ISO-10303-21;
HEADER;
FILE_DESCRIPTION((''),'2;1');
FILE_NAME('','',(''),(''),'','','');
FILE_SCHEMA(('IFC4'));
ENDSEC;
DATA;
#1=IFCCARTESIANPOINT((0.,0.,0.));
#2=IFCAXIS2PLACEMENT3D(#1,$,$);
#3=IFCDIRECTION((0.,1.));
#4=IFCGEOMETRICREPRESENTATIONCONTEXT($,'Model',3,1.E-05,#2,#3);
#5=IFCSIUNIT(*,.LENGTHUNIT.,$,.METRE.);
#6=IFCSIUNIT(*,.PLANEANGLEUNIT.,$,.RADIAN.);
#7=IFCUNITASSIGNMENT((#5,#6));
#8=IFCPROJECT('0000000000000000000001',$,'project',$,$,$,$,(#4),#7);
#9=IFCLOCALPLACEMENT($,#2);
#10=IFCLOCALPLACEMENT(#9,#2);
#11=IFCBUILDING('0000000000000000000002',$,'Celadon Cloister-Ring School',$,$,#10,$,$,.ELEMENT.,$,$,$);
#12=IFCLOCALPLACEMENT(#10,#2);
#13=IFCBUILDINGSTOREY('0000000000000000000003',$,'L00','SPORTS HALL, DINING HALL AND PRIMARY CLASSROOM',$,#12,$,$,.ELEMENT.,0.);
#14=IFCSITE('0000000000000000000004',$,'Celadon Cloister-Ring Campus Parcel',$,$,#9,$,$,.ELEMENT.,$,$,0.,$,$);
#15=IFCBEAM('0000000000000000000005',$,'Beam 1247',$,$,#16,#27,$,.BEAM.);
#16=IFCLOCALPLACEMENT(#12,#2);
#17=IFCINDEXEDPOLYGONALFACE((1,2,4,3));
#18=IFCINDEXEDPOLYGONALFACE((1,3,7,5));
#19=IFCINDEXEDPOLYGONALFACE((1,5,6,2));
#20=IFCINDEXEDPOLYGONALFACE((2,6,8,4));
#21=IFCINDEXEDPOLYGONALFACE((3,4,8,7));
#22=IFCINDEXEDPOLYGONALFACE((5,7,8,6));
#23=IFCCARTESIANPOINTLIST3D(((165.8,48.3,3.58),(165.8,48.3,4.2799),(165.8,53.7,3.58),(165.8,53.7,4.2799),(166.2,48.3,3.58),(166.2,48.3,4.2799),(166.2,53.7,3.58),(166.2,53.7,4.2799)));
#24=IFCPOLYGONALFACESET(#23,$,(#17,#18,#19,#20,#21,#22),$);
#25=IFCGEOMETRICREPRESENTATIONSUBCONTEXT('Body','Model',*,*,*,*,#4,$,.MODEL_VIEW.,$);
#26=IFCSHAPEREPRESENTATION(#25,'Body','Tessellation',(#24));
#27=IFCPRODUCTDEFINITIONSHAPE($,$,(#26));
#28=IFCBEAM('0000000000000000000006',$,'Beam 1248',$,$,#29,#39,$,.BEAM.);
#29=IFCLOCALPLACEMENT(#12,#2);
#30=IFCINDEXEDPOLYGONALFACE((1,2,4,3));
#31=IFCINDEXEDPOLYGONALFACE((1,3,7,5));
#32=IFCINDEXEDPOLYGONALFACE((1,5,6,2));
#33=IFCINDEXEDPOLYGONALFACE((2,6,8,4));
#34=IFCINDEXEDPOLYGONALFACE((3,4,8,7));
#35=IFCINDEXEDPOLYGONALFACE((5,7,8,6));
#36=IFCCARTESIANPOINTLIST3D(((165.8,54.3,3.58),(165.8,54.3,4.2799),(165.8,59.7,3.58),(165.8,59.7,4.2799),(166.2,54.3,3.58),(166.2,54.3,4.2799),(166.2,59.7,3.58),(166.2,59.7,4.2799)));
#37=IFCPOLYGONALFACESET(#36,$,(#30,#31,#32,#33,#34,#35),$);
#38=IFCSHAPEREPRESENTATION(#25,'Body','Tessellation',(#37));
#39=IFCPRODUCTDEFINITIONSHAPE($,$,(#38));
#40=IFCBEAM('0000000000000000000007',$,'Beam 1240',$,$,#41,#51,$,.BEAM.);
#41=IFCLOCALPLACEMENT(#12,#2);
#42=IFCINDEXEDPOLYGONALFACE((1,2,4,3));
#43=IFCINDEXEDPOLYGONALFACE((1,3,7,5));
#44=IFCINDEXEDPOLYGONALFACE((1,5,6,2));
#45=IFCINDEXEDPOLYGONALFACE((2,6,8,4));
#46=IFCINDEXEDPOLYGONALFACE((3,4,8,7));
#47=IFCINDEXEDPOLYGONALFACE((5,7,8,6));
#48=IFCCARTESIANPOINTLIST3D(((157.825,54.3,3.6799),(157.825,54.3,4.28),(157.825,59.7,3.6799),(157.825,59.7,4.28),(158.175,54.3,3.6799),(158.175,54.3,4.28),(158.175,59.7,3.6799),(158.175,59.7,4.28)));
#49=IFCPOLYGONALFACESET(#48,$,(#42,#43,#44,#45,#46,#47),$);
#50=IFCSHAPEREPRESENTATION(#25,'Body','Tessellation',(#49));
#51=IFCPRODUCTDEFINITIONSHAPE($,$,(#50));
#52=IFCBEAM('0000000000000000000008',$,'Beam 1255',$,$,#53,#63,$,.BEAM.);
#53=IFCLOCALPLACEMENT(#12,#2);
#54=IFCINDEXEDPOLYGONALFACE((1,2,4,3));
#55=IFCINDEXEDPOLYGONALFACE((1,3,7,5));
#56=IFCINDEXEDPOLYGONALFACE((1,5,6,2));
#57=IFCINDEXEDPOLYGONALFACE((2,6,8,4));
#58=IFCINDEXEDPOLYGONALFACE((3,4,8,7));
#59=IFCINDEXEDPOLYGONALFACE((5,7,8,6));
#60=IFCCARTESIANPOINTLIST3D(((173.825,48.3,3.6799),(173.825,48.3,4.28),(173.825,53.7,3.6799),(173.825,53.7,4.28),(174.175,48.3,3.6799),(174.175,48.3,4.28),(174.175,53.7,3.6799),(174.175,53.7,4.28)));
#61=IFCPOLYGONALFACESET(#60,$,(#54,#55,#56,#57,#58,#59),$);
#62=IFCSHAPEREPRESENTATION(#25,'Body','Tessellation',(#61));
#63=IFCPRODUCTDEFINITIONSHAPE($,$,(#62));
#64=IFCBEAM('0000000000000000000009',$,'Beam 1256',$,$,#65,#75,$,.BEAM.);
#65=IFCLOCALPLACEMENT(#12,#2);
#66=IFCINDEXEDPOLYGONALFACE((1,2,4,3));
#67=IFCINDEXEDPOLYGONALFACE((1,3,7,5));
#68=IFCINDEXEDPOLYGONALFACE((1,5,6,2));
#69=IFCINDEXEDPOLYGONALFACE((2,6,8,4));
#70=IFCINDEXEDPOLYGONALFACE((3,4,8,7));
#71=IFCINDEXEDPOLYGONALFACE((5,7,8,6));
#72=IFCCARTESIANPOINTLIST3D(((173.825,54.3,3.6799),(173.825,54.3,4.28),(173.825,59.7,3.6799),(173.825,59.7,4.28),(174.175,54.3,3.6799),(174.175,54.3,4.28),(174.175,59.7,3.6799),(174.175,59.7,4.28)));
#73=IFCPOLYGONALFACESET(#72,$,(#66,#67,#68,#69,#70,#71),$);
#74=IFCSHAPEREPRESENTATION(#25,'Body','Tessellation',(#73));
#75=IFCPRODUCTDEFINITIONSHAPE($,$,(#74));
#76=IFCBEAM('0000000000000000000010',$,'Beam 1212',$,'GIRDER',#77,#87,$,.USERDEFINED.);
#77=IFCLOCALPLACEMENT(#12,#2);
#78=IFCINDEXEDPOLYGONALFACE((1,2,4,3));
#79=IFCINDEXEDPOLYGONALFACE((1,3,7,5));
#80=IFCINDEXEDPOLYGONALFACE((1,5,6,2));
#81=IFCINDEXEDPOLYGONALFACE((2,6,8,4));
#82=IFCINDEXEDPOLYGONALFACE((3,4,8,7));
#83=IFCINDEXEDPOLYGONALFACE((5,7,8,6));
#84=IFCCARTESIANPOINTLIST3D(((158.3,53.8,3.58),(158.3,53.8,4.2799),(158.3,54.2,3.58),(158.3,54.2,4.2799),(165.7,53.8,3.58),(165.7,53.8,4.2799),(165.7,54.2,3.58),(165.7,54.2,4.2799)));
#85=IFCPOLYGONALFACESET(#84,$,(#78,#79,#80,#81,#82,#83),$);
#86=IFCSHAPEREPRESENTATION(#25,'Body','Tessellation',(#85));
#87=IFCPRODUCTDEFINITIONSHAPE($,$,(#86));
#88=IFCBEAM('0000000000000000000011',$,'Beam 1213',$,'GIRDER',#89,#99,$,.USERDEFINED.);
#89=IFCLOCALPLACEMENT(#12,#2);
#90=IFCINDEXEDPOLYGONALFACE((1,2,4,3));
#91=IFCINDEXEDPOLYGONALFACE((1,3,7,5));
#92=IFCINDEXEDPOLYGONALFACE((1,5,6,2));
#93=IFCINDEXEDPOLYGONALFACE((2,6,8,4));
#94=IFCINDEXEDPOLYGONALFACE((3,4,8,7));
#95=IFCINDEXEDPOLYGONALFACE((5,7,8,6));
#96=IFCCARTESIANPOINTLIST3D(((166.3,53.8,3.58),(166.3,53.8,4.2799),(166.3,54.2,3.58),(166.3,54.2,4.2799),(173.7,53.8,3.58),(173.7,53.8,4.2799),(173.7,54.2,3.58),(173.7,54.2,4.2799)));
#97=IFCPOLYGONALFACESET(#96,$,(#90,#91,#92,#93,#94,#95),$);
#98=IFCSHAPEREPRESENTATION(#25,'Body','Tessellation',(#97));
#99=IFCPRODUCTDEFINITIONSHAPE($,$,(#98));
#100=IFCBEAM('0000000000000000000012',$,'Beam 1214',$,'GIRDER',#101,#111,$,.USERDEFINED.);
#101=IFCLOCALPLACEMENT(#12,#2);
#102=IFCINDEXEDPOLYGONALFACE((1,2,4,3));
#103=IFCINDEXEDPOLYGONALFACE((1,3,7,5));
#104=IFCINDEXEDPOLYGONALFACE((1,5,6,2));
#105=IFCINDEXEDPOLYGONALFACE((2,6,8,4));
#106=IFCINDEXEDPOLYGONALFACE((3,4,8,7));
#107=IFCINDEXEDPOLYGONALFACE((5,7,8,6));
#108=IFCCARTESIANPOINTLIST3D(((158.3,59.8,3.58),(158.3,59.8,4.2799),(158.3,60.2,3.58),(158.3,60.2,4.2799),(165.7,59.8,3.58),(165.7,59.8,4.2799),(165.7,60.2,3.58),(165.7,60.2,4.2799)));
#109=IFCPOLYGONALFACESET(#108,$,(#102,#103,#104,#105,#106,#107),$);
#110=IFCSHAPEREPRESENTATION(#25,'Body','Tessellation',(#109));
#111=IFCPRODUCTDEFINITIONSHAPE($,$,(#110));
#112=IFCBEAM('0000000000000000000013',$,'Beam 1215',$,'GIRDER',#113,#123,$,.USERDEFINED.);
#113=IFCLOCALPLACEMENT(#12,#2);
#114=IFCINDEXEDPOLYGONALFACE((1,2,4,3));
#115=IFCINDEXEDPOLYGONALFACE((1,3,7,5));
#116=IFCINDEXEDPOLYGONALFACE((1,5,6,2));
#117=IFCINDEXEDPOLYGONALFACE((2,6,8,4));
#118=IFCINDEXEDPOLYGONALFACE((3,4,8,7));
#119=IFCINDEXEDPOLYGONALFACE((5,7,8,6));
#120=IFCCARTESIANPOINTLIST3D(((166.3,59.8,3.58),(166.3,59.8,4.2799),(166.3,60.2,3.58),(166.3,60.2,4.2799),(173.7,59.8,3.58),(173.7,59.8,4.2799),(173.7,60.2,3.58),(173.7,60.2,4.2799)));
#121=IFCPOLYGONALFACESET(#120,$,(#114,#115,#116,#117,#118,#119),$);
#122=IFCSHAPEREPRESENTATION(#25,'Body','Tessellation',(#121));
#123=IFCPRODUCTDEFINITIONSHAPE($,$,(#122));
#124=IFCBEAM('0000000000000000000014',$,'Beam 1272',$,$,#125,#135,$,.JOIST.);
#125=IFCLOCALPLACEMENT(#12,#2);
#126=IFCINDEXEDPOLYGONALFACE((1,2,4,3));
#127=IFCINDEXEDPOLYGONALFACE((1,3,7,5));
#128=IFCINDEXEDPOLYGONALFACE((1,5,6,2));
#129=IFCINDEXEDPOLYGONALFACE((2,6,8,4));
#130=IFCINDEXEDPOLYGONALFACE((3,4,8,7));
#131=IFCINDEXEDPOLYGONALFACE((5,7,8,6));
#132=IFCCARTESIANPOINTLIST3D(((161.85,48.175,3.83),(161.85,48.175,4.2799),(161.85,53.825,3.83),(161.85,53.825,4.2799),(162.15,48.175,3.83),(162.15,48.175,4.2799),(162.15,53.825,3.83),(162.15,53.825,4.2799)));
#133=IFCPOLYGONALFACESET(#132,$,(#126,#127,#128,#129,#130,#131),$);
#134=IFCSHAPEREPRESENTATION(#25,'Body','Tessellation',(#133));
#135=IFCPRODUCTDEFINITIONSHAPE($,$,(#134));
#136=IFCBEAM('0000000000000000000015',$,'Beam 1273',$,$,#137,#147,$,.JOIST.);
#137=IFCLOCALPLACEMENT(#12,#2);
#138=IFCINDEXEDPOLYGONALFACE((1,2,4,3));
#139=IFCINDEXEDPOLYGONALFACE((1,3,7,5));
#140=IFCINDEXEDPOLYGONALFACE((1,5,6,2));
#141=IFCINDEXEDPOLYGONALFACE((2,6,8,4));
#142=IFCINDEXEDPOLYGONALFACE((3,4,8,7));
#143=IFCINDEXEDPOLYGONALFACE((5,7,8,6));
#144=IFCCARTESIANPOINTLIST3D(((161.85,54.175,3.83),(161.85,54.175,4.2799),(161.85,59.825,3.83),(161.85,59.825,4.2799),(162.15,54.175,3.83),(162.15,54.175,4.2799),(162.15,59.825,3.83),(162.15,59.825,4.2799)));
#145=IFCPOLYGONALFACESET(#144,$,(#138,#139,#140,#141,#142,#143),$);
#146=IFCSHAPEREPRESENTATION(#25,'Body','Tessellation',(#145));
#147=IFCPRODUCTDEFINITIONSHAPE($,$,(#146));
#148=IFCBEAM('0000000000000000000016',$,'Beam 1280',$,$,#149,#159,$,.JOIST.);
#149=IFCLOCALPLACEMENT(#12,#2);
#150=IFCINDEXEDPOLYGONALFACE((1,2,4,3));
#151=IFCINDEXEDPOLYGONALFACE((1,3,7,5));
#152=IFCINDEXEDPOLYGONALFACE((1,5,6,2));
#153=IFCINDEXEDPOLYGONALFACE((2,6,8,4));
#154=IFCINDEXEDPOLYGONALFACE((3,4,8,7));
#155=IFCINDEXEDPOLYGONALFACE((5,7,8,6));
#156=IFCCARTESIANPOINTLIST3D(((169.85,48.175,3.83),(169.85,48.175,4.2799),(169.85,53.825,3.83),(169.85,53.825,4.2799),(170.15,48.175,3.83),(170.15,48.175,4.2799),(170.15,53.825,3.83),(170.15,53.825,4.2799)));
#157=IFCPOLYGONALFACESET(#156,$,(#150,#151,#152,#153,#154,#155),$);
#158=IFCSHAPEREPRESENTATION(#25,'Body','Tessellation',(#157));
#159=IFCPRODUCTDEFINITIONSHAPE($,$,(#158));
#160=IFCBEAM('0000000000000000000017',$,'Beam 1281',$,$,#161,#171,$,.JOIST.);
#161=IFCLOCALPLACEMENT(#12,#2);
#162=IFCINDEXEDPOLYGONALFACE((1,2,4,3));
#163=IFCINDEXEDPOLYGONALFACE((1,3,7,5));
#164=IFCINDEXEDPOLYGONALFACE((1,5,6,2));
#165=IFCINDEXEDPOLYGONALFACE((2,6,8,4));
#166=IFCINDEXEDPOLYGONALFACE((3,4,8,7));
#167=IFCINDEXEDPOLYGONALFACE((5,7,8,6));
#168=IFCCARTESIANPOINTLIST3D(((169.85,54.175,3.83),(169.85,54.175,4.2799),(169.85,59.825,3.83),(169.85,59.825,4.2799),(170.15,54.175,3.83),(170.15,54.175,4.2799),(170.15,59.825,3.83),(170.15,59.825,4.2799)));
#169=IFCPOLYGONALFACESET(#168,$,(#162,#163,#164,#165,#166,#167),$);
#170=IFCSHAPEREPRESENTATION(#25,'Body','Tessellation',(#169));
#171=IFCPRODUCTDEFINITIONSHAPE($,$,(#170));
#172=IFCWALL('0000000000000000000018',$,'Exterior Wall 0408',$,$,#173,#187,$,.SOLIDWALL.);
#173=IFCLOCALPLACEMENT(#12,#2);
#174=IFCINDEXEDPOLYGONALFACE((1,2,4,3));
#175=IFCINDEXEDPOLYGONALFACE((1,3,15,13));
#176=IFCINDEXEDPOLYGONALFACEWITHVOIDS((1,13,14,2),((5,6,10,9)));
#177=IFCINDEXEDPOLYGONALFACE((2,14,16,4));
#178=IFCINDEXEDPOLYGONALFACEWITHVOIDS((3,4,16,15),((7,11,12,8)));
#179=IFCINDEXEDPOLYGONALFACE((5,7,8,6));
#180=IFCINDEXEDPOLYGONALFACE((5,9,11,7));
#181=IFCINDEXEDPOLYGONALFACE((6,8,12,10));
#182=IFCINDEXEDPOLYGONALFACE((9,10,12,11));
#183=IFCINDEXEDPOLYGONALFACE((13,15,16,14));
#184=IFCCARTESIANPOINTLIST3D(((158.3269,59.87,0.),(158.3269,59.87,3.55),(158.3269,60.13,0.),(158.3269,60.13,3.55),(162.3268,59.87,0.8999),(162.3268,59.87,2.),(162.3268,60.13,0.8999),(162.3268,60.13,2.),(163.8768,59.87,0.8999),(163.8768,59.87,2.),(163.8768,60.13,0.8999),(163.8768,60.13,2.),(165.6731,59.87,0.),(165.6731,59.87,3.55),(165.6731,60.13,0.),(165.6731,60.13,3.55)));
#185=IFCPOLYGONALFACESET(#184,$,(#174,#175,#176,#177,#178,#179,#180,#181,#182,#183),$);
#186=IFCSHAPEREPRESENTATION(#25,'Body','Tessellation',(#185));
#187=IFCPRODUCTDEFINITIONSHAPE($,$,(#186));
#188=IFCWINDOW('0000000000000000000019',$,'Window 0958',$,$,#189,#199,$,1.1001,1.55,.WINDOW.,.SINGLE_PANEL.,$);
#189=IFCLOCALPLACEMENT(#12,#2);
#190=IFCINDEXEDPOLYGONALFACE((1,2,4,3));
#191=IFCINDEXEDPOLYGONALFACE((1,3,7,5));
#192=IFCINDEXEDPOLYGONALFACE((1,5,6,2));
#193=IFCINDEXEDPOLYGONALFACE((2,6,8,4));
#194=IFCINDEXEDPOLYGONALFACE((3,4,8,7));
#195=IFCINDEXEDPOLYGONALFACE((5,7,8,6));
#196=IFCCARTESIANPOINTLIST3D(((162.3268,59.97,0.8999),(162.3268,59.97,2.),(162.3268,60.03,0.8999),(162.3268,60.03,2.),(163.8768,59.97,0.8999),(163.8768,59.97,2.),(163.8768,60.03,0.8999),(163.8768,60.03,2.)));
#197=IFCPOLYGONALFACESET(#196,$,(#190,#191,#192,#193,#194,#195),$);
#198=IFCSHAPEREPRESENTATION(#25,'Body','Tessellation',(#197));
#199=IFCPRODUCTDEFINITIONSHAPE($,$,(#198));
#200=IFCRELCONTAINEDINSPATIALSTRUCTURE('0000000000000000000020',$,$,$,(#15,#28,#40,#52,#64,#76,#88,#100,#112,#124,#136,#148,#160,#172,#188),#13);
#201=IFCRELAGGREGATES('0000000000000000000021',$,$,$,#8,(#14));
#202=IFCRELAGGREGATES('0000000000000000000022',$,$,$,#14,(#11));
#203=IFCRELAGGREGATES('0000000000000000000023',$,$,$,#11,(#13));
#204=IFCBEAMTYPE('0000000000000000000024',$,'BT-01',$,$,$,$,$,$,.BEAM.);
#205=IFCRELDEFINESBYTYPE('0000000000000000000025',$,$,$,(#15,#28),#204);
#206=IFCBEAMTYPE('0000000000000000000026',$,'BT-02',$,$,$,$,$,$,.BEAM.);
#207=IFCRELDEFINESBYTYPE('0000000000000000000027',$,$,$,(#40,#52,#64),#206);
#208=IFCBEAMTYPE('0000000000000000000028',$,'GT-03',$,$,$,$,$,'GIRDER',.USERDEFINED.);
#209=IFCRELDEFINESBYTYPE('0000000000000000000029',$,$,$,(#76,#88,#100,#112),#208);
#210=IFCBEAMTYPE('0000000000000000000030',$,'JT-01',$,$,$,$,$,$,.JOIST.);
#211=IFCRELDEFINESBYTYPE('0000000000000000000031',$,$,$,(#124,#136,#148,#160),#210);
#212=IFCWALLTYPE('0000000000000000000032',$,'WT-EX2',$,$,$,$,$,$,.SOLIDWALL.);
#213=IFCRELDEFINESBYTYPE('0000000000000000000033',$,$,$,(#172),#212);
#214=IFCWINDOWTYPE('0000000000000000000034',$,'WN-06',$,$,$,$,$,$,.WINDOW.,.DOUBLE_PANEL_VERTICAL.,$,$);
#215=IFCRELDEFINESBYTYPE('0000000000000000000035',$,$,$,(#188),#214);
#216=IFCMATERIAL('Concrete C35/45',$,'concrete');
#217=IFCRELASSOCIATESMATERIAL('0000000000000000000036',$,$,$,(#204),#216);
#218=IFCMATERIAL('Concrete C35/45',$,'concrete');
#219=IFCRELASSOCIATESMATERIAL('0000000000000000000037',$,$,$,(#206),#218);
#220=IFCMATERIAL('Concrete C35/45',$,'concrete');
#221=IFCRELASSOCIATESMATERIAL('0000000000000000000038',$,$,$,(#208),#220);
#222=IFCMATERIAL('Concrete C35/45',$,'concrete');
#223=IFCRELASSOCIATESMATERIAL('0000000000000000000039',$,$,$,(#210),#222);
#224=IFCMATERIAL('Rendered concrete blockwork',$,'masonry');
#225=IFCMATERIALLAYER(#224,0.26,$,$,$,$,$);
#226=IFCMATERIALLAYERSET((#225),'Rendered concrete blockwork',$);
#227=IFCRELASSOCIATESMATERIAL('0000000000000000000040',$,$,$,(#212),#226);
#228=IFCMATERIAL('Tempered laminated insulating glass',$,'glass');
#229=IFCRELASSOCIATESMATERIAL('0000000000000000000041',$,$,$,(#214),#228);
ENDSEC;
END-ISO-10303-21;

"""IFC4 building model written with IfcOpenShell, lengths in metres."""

from ifc_helpers import new_model, si_unit, direction, frame, frame_2d, origin, origin_2d, place, context, subcontext, project, spatial, rectangle, extrude, material, layer, layer_set, material_profile, profile_set, type_object, element, fill, save


model = new_model("IFC4")

# Units and contexts
model_context = context("Model", 3, precision=1e-05, world=origin(), true_north=direction((0.0, 1.0)))
body_context = subcontext(model_context, "Body", "Model", "MODEL_VIEW")
ifc_project = project(units=[si_unit("LENGTHUNIT", "METRE"), si_unit("PLANEANGLEUNIT", "RADIAN")], contexts=[model_context])

# Site, building, storey
site_placement = place(None, origin())
site = spatial("IfcSite", under=ifc_project, at=site_placement, Name="Celadon Cloister-Ring Campus Parcel", CompositionType="ELEMENT", RefElevation=0.0)
building_placement = place(site_placement, origin())
building = spatial("IfcBuilding", under=site, at=building_placement, Name="Celadon Cloister-Ring School", CompositionType="ELEMENT")
storey_placement = place(building_placement, origin())
storey = spatial("IfcBuildingStorey", under=building, at=storey_placement, Name="L00", Description="SPORTS HALL, DINING HALL AND PRIMARY CLASSROOM", CompositionType="ELEMENT", Elevation=0.0)

# Beams
ifc_material_1 = material(Name="Concrete C35/45", Category="concrete")
ifc_material_profile_1 = material_profile(ifc_material_1, rectangle(XDim=0.3999, YDim=0.7, at=origin_2d()), Name="RC400X700")
ifc_profile_set_1 = profile_set([ifc_material_profile_1], Name="Concrete C35/45")
beam_type_1 = type_object("IfcBeamType", Name="BT-01", PredefinedType="BEAM", material=ifc_profile_set_1)
for number, where, z_axis, x_axis, name in (
    (1, (166.0, 48.3, 3.9299), (0.0, 1.0, 0.0), (-1.0, 0.0, 0.0), "Beam 1247"),
    (2, (166.0, 54.3, 3.9299), (0.0, 1.0, 0.0), (-1.0, 0.0, 0.0), "Beam 1248"),
):
    element("IfcBeam", number, at=place(storey_placement, frame(where, z_axis=z_axis, x_axis=x_axis)), inside=storey, type_object=beam_type_1, Name=name, PredefinedType="BEAM", context=body_context, shape_type="SweptSolid", body=[
        extrude(rectangle(XDim=0.3999, YDim=0.7, at=origin_2d()), origin(), (0.0, 0.0, 1.0), 5.3999),
    ])
ifc_material_2 = material(Name="Concrete C35/45", Category="concrete")
ifc_material_profile_2 = material_profile(ifc_material_2, rectangle(XDim=0.3501, YDim=0.6001, at=origin_2d()), Name="RC350X600")
ifc_profile_set_2 = profile_set([ifc_material_profile_2], Name="Concrete C35/45")
beam_type_2 = type_object("IfcBeamType", Name="BT-02", PredefinedType="BEAM", material=ifc_profile_set_2)
for number, where, z_axis, x_axis, name in (
    (3, (158.0, 54.3, 3.98), (0.0, 1.0, 0.0), (-1.0, 0.0, 0.0), "Beam 1240"),
    (4, (174.0, 48.3, 3.98), (0.0, 1.0, 0.0), (-1.0, 0.0, 0.0), "Beam 1255"),
    (5, (174.0, 54.3, 3.98), (0.0, 1.0, 0.0), (-1.0, 0.0, 0.0), "Beam 1256"),
):
    element("IfcBeam", number, at=place(storey_placement, frame(where, z_axis=z_axis, x_axis=x_axis)), inside=storey, type_object=beam_type_2, Name=name, PredefinedType="BEAM", context=body_context, shape_type="SweptSolid", body=[
        extrude(rectangle(XDim=0.3501, YDim=0.6001, at=origin_2d()), origin(), (0.0, 0.0, 1.0), 5.3999),
    ])
ifc_material_3 = material(Name="Concrete C35/45", Category="concrete")
ifc_material_profile_3 = material_profile(ifc_material_3, rectangle(XDim=0.3999, YDim=0.7, at=origin_2d()), Name="RC400X700")
ifc_profile_set_3 = profile_set([ifc_material_profile_3], Name="Concrete C35/45")
beam_type_3 = type_object("IfcBeamType", Name="GT-03", ElementType="GIRDER", PredefinedType="USERDEFINED", material=ifc_profile_set_3)
for number, where, z_axis, x_axis, name in (
    (6, (158.3, 54.0, 3.9299), (1.0, 0.0, 0.0), (0.0, 1.0, 0.0), "Beam 1212"),
    (7, (166.3, 54.0, 3.9299), (1.0, 0.0, 0.0), (0.0, 1.0, 0.0), "Beam 1213"),
    (8, (158.3, 60.0, 3.9299), (1.0, 0.0, 0.0), (0.0, 1.0, 0.0), "Beam 1214"),
    (9, (166.3, 60.0, 3.9299), (1.0, 0.0, 0.0), (0.0, 1.0, 0.0), "Beam 1215"),
):
    element("IfcBeam", number, at=place(storey_placement, frame(where, z_axis=z_axis, x_axis=x_axis)), inside=storey, type_object=beam_type_3, Name=name, ObjectType="GIRDER", PredefinedType="USERDEFINED", context=body_context, shape_type="SweptSolid", body=[
        extrude(rectangle(XDim=0.3999, YDim=0.7, at=origin_2d()), origin(), (0.0, 0.0, 1.0), 7.3999),
    ])
ifc_material_4 = material(Name="Concrete C35/45", Category="concrete")
ifc_material_profile_4 = material_profile(ifc_material_4, rectangle(XDim=0.3, YDim=0.45, at=origin_2d()), Name="RC300X450")
ifc_profile_set_4 = profile_set([ifc_material_profile_4], Name="Concrete C35/45")
beam_type_4 = type_object("IfcBeamType", Name="JT-01", PredefinedType="JOIST", material=ifc_profile_set_4)
for number, where, z_axis, x_axis, name in (
    (10, (162.0, 48.175, 4.0549), (0.0, 1.0, 0.0), (-1.0, 0.0, 0.0), "Beam 1272"),
    (11, (162.0, 54.175, 4.0549), (0.0, 1.0, 0.0), (-1.0, 0.0, 0.0), "Beam 1273"),
    (12, (170.0, 48.175, 4.0549), (0.0, 1.0, 0.0), (-1.0, 0.0, 0.0), "Beam 1280"),
    (13, (170.0, 54.175, 4.0549), (0.0, 1.0, 0.0), (-1.0, 0.0, 0.0), "Beam 1281"),
):
    element("IfcBeam", number, at=place(storey_placement, frame(where, z_axis=z_axis, x_axis=x_axis)), inside=storey, type_object=beam_type_4, Name=name, PredefinedType="JOIST", context=body_context, shape_type="SweptSolid", body=[
        extrude(rectangle(XDim=0.3, YDim=0.45, at=origin_2d()), origin(), (0.0, 0.0, 1.0), 5.6499),
    ])

# Wall, opening, window
ifc_material_5 = material(Name="Rendered concrete blockwork", Category="masonry")
ifc_layer_1 = layer(ifc_material_5, 0.26)
ifc_layer_set_1 = layer_set([ifc_layer_1], Name="Rendered concrete blockwork")
wall_type_1 = type_object("IfcWallType", Name="WT-EX2", PredefinedType="SOLIDWALL", material=ifc_layer_set_1)
wall_1_placement = place(storey_placement, frame((158.3269, 60.0, 0.0), z_axis=(0.0, 0.0, 1.0), x_axis=(1.0, 0.0, 0.0)))
wall_1 = element("IfcWall", 14, at=wall_1_placement, inside=storey, type_object=wall_type_1, Name="Exterior Wall 0408", PredefinedType="SOLIDWALL", context=body_context, shape_type="SweptSolid", body=[
    extrude(rectangle(XDim=7.3462, YDim=0.26, at=frame_2d((3.6731, 0.0))), origin(), (0.0, 0.0, 1.0), 3.55),
])
opening_1_placement = place(wall_1_placement, frame((4.0, 0.0, 0.8999)))
opening_1 = element("IfcOpeningElement", 15, at=opening_1_placement, cuts=wall_1, PredefinedType="OPENING", context=body_context, shape_type="SweptSolid", body=[
    extrude(rectangle(XDim=1.55, YDim=1.1001, at=frame_2d((0.7749, 0.55))), frame((0.0, 0.1401, 0.0), z_axis=(0.0, -1.0, 0.0), x_axis=(1.0, 0.0, 0.0)), (0.0, 0.0, 1.0), 0.28),
])
ifc_material_6 = material(Name="Tempered laminated insulating glass", Category="glass")
window_type_1 = type_object("IfcWindowType", Name="WN-06", PartitioningType="DOUBLE_PANEL_VERTICAL", PredefinedType="WINDOW", material=ifc_material_6)
window_1_placement = place(opening_1_placement, origin())
window_1 = element("IfcWindow", 16, at=window_1_placement, inside=storey, type_object=window_type_1, Name="Window 0958", OverallHeight=1.1001, OverallWidth=1.55, PartitioningType="SINGLE_PANEL", PredefinedType="WINDOW", context=body_context, shape_type="SweptSolid", body=[
    extrude(rectangle(XDim=1.55, YDim=1.1001, at=frame_2d((0.7749, 0.55))), frame((0.0, 0.03, 0.0), z_axis=(0.0, -1.0, 0.0), x_axis=(1.0, 0.0, 0.0)), (0.0, 0.0, 1.0), 0.0601),
])
fill(opening_1, window_1)

save(model, "model.ifc")
